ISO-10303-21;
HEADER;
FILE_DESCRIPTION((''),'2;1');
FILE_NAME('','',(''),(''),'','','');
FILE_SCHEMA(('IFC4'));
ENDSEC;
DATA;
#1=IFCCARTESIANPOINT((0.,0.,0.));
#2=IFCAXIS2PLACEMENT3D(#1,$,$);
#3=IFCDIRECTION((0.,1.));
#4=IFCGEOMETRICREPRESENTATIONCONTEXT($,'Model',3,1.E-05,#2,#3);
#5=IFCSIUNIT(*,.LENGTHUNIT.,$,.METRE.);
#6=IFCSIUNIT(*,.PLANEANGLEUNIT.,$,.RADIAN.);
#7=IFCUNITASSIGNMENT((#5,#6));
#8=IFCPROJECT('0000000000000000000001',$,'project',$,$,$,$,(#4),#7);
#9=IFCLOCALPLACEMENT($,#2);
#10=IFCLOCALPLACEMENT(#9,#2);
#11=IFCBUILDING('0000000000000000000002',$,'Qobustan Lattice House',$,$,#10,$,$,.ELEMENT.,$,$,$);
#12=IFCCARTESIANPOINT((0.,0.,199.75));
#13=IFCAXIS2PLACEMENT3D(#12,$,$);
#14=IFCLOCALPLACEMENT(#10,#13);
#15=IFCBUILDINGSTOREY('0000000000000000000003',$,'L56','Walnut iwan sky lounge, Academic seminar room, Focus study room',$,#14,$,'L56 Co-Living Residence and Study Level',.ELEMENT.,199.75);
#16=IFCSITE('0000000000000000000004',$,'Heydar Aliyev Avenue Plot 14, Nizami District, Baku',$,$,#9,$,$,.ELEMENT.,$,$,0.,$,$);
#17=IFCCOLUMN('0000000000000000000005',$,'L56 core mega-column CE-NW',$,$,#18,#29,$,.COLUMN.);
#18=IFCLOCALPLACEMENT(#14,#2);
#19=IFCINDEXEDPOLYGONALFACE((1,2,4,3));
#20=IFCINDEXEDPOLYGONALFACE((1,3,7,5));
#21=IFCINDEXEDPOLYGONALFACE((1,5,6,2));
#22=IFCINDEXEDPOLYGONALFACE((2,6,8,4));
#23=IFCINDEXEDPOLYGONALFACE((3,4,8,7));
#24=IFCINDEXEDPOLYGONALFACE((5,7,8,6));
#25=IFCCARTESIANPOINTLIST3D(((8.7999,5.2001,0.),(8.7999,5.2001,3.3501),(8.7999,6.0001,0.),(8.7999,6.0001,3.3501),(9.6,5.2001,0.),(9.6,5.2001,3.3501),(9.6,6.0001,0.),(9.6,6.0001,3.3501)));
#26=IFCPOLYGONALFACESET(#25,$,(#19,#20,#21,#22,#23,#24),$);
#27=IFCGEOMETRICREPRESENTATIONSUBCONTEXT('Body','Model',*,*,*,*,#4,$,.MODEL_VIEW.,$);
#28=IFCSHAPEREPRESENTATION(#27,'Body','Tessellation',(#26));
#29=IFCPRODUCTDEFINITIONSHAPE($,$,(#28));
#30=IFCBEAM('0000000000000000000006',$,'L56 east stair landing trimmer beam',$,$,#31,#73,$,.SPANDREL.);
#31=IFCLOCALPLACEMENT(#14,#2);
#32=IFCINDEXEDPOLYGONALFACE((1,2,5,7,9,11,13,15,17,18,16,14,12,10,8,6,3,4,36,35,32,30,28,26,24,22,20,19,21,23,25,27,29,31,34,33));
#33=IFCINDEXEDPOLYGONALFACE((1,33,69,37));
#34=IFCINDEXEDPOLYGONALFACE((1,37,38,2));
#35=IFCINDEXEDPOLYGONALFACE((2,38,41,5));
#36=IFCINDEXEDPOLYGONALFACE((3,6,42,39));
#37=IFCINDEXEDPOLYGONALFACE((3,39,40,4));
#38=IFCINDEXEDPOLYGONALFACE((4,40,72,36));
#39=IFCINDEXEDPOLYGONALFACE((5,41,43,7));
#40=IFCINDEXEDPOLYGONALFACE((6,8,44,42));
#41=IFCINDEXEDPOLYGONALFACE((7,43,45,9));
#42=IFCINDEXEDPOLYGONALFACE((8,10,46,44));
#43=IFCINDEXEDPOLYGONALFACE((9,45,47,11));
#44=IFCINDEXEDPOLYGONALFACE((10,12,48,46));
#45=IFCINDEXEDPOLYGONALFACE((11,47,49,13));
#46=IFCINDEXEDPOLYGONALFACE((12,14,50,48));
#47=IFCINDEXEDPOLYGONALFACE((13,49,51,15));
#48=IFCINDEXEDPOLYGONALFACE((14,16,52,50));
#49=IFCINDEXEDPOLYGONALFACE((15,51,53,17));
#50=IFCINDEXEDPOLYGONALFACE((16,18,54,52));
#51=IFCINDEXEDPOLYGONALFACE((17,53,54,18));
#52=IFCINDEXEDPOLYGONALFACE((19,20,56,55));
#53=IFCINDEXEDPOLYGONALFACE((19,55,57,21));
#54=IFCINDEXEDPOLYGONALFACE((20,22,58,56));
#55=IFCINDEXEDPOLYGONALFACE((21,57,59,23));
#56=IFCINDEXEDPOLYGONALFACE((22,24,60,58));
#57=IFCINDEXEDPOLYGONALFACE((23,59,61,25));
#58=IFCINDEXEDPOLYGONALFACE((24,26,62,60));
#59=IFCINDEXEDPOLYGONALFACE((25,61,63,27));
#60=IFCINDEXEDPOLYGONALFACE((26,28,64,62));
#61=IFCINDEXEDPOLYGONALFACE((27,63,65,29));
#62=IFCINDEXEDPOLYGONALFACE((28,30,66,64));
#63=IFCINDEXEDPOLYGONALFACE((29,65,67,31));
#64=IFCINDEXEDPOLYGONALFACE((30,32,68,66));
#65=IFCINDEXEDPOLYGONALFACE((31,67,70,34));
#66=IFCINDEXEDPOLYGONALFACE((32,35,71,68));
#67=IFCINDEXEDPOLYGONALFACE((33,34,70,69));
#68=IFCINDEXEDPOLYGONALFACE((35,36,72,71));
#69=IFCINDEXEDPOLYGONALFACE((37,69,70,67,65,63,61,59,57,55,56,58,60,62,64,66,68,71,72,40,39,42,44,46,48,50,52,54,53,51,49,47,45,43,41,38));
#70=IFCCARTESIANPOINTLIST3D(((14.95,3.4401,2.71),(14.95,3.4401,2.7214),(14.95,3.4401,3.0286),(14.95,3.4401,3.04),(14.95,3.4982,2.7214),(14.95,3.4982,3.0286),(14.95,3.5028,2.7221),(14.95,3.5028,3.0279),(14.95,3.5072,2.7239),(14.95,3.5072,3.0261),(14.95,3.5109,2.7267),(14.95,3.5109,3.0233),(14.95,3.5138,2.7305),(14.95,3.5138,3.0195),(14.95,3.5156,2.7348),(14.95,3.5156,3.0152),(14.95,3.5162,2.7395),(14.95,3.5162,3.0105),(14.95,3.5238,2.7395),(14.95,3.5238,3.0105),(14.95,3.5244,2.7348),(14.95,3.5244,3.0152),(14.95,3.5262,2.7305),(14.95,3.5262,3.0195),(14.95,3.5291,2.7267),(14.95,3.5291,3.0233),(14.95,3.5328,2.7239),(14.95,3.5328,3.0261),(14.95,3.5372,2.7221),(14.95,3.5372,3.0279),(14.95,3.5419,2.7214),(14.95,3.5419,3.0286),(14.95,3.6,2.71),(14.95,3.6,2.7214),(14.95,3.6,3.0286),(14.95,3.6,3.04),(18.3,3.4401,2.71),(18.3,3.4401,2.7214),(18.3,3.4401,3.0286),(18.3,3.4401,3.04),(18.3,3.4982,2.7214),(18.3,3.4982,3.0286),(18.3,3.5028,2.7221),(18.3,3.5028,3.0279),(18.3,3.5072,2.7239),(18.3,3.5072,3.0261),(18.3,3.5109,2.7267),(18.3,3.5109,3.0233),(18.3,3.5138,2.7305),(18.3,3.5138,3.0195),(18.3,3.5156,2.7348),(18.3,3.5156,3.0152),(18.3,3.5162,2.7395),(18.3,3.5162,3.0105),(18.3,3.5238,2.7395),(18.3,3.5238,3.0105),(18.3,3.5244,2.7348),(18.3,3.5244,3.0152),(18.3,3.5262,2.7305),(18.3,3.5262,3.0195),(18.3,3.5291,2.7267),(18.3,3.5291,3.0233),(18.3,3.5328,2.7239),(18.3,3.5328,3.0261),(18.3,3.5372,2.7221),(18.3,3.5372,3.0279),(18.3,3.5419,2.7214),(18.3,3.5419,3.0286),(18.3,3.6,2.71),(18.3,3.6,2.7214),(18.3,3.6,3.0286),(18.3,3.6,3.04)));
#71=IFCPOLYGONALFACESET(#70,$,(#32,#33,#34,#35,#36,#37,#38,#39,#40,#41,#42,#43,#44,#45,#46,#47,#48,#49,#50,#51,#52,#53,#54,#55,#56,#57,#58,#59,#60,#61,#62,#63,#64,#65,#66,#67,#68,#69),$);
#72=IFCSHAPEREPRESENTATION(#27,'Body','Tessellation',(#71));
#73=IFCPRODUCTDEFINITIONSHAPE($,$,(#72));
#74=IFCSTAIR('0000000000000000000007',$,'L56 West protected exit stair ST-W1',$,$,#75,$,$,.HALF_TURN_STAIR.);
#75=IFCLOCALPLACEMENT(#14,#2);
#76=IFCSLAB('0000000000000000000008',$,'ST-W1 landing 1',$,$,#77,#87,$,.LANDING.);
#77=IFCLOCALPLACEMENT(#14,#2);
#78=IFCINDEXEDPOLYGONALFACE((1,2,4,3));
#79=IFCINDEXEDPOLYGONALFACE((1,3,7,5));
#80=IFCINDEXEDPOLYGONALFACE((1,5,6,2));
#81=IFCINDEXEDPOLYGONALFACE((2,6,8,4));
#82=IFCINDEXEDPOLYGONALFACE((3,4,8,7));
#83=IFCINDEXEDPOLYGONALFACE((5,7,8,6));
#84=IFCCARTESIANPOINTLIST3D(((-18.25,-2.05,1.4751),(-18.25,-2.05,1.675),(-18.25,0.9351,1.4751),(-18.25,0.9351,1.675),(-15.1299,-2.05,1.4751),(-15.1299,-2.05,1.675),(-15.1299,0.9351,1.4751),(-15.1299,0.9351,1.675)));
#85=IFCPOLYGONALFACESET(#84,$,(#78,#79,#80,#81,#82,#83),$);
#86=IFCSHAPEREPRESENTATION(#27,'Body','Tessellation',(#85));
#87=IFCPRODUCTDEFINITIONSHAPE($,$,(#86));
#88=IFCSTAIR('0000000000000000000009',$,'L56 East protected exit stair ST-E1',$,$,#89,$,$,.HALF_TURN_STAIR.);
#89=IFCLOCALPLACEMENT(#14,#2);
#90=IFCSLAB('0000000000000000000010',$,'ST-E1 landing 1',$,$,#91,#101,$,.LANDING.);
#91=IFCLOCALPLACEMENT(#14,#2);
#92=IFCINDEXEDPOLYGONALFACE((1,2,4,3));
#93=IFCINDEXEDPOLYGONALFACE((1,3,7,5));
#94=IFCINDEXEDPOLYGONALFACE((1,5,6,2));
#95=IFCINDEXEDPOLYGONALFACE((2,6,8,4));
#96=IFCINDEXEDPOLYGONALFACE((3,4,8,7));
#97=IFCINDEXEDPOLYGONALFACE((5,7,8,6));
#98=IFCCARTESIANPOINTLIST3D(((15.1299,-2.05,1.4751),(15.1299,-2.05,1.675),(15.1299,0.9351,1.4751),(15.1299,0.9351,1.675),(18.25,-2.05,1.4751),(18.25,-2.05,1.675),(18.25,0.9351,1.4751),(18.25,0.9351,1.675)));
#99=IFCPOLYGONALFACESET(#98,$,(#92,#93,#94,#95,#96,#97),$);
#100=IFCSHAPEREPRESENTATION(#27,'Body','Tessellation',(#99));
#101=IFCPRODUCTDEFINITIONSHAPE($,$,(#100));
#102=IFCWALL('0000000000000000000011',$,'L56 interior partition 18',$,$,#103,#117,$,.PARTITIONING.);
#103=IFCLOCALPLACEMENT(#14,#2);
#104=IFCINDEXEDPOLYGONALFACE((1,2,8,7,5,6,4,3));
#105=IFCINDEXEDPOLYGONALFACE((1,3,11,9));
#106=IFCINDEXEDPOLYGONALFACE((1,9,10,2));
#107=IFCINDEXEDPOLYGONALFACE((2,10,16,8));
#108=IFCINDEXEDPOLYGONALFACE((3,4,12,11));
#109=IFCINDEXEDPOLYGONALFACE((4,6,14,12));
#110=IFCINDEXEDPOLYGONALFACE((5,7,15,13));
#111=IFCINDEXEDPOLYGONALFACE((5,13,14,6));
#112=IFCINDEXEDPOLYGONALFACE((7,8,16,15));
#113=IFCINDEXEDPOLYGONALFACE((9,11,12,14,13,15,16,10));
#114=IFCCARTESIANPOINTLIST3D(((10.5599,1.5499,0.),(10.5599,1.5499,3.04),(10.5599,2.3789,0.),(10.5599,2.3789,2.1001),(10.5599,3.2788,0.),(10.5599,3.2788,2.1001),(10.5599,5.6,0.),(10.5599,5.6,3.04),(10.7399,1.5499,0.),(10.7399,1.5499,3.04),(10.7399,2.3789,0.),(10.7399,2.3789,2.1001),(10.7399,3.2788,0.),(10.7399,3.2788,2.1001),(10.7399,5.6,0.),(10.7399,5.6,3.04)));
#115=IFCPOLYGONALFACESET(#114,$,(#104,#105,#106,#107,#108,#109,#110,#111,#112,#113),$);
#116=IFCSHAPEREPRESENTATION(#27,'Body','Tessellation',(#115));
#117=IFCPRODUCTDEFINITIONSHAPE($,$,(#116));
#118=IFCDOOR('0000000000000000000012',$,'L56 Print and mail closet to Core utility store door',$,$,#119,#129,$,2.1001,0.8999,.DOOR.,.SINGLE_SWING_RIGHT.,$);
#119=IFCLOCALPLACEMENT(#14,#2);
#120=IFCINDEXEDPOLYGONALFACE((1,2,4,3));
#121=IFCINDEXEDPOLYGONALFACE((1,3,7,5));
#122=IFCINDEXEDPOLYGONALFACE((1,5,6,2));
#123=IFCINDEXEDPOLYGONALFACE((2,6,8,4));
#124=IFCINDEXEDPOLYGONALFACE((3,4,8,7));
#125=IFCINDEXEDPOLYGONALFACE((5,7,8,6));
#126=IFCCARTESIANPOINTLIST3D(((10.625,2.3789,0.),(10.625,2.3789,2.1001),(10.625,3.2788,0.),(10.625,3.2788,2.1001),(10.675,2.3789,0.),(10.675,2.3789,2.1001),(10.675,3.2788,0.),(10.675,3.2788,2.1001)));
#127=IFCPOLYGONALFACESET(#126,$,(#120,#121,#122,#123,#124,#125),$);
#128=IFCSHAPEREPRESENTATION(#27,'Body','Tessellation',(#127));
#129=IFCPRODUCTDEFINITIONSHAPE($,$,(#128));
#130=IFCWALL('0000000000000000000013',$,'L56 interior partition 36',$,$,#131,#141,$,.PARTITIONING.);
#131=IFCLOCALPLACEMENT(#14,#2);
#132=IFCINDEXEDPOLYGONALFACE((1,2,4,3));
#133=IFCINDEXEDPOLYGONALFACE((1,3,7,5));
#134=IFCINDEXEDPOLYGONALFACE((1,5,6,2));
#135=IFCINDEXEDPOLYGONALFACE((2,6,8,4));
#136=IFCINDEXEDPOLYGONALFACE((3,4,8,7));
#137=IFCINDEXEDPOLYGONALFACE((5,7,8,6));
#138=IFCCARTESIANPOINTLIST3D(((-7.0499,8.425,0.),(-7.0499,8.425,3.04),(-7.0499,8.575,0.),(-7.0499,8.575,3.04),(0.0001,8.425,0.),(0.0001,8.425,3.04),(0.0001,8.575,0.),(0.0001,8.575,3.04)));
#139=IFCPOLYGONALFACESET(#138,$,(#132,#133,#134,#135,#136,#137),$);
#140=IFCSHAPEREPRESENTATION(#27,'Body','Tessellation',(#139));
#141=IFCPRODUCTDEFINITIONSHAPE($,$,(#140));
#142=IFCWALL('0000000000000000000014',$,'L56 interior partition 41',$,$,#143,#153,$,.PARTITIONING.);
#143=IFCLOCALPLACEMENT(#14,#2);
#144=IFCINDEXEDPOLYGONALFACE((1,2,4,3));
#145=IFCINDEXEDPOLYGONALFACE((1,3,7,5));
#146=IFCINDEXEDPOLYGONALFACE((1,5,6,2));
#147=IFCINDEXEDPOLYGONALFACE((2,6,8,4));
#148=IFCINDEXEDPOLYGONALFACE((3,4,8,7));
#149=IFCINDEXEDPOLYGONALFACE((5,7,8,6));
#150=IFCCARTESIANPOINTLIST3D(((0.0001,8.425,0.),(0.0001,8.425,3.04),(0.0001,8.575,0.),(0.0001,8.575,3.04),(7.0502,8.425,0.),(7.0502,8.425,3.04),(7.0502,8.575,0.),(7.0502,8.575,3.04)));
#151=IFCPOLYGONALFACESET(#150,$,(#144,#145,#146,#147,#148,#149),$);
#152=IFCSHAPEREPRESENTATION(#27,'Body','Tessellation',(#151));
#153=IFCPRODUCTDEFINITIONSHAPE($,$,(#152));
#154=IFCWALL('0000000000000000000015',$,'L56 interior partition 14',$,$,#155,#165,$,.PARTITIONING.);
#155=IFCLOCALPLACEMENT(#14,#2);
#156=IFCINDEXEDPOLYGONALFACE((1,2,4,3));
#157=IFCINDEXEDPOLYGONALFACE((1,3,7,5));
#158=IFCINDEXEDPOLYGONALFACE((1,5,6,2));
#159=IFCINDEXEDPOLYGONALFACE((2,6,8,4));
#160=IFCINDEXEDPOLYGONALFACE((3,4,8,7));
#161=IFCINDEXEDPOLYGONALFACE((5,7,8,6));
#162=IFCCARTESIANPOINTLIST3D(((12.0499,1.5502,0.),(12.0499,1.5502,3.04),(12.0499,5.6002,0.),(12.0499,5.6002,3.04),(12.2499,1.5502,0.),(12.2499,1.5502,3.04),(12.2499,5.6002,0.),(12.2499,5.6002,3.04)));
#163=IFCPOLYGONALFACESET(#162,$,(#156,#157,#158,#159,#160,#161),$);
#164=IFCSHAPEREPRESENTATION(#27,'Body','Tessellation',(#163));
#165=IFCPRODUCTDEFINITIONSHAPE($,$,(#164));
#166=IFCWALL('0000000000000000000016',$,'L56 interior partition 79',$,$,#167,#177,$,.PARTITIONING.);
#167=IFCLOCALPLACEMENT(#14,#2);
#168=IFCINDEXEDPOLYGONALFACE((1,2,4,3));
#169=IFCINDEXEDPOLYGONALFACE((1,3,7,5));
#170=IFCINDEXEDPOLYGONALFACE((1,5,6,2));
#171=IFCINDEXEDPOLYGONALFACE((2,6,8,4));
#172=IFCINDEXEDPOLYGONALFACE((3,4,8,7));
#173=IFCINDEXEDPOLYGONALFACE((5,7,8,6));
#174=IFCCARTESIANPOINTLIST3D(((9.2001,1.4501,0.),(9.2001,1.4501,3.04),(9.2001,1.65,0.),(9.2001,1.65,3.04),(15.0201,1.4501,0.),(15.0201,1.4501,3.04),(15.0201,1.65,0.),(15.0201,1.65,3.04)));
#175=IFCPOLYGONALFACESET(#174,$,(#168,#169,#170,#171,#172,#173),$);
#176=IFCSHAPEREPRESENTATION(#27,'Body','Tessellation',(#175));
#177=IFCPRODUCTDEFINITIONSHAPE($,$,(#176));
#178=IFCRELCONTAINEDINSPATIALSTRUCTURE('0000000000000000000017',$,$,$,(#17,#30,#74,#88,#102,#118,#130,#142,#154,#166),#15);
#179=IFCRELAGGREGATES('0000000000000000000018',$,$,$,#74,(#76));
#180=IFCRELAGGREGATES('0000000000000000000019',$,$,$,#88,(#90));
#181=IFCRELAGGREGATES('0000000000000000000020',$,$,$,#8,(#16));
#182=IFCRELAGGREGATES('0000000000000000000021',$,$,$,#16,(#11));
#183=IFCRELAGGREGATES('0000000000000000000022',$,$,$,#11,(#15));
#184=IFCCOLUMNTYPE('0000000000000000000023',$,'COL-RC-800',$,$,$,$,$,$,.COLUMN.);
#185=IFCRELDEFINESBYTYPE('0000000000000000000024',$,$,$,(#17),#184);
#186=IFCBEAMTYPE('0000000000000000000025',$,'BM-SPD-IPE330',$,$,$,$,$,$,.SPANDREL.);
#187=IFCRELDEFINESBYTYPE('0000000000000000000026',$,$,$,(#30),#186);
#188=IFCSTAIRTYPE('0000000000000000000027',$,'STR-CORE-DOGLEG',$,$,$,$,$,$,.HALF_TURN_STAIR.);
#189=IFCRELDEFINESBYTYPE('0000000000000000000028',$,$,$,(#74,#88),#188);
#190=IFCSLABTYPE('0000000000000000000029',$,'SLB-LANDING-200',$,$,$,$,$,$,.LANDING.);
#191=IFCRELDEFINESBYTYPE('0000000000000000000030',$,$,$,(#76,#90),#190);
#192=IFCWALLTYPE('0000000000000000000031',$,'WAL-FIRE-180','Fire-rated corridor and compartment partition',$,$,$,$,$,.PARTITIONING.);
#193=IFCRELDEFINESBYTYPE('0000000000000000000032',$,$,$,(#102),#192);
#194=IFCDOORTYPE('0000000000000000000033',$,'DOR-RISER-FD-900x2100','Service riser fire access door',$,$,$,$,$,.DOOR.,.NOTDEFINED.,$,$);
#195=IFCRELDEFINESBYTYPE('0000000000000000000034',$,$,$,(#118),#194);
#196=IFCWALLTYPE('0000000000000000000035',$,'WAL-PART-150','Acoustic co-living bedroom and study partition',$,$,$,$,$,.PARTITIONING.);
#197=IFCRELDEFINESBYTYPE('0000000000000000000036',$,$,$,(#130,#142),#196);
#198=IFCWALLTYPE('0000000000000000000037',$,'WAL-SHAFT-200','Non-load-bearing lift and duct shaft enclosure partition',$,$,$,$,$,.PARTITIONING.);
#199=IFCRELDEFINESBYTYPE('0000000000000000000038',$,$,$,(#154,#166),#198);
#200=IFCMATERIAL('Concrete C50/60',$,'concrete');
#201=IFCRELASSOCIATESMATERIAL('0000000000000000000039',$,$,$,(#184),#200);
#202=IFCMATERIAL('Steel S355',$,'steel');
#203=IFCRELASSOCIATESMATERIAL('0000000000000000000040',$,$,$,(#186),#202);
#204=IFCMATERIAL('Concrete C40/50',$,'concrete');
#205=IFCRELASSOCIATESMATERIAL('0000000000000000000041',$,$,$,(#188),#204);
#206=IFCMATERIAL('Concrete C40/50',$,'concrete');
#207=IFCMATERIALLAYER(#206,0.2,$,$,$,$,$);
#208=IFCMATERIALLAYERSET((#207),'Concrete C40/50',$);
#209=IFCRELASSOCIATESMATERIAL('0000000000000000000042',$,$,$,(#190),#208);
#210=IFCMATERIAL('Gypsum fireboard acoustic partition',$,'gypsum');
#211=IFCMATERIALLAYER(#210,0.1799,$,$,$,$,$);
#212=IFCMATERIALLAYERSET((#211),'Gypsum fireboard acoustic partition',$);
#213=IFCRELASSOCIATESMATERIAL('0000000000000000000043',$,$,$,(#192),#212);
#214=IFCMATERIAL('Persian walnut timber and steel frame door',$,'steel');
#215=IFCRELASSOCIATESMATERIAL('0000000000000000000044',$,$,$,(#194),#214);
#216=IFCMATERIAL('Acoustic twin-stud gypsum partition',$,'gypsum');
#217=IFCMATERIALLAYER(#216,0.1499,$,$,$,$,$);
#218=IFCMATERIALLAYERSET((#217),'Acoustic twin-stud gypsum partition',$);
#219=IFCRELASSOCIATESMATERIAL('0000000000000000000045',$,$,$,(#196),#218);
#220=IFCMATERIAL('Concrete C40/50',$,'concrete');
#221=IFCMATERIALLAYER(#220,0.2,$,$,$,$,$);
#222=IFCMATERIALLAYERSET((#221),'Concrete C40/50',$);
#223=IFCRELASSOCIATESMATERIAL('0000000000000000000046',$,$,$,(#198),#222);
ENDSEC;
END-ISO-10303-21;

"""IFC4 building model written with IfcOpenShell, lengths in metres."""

from ifc_helpers import new_model, si_unit, direction, frame, frame_2d, origin, origin_2d, place, context, subcontext, project, spatial, polyline, rectangle, i_section, outline, extrude, material, layer, layer_set, material_profile, profile_set, type_object, element, fill, aggregate, save


model = new_model("IFC4")

# Units and contexts
model_context = context("Model", 3, precision=1e-05, world=origin(), true_north=direction((0.0, 1.0)))
body_context = subcontext(model_context, "Body", "Model", "MODEL_VIEW")
ifc_project = project(units=[si_unit("LENGTHUNIT", "METRE"), si_unit("PLANEANGLEUNIT", "RADIAN")], contexts=[model_context])

# Site, building, storey
site_placement = place(None, origin())
site = spatial("IfcSite", under=ifc_project, at=site_placement, Name="Heydar Aliyev Avenue Plot 14, Nizami District, Baku", CompositionType="ELEMENT", RefElevation=0.0)
building_placement = place(site_placement, origin())
building = spatial("IfcBuilding", under=site, at=building_placement, Name="Qobustan Lattice House", CompositionType="ELEMENT")
storey_placement = place(building_placement, frame((0.0, 0.0, 199.75)))
storey = spatial("IfcBuildingStorey", under=building, at=storey_placement, Name="L56", Description="Walnut iwan sky lounge, Academic seminar room, Focus study room", LongName="L56 Co-Living Residence and Study Level", CompositionType="ELEMENT", Elevation=199.75)

# Column
ifc_material_1 = material(Name="Concrete C50/60", Category="concrete")
ifc_material_profile_1 = material_profile(ifc_material_1, rectangle(XDim=0.8, YDim=0.8, at=origin_2d()), Name="RC800x800")
ifc_profile_set_1 = profile_set([ifc_material_profile_1], Name="Concrete C50/60")
column_type = type_object("IfcColumnType", Name="COL-RC-800", PredefinedType="COLUMN", material=ifc_profile_set_1)
column_placement = place(storey_placement, frame((9.2, 5.6001, 0.0), z_axis=(0.0, 0.0, 1.0), x_axis=(1.0, 0.0, 0.0)))
element("IfcColumn", 1, at=column_placement, inside=storey, type_object=column_type, Name="L56 core mega-column CE-NW", PredefinedType="COLUMN", context=body_context, shape_type="SweptSolid", body=[
    extrude(rectangle(XDim=0.8, YDim=0.8, at=origin_2d()), origin(), (0.0, 0.0, 1.0), 3.3501),
])

# Beam
ifc_material_2 = material(Name="Steel S355", Category="steel")
ifc_material_profile_2 = material_profile(ifc_material_2, i_section(OverallWidth=0.1599, OverallDepth=0.3301, WebThickness=0.0076, FlangeThickness=0.0115, FilletRadius=0.0181, at=origin_2d()), Name="IPE330")
ifc_profile_set_2 = profile_set([ifc_material_profile_2], Name="Steel S355")
beam_type = type_object("IfcBeamType", Name="BM-SPD-IPE330", PredefinedType="SPANDREL", material=ifc_profile_set_2)
beam_placement = place(storey_placement, frame((14.95, 3.52, 2.875), z_axis=(1.0, 0.0, 0.0), x_axis=(0.0, 1.0, 0.0)))
element("IfcBeam", 2, at=beam_placement, inside=storey, type_object=beam_type, Name="L56 east stair landing trimmer beam", PredefinedType="SPANDREL", context=body_context, shape_type="SweptSolid", body=[
    extrude(i_section(OverallWidth=0.1599, OverallDepth=0.3301, WebThickness=0.0076, FlangeThickness=0.0115, FilletRadius=0.0181, at=origin_2d()), origin(), (0.0, 0.0, 1.0), 3.3501),
])

# Stairs, slabs
ifc_material_3 = material(Name="Concrete C40/50", Category="concrete")
stair_type = type_object("IfcStairType", Name="STR-CORE-DOGLEG", PredefinedType="HALF_TURN_STAIR", material=ifc_material_3)
stair_1_placement = place(storey_placement, origin())
stair_1 = element("IfcStair", 3, at=stair_1_placement, inside=storey, type_object=stair_type, Name="L56 West protected exit stair ST-W1", PredefinedType="HALF_TURN_STAIR")
ifc_material_4 = material(Name="Concrete C40/50", Category="concrete")
ifc_layer_1 = layer(ifc_material_4, 0.2)
ifc_layer_set_1 = layer_set([ifc_layer_1], Name="Concrete C40/50")
slab_type = type_object("IfcSlabType", Name="SLB-LANDING-200", PredefinedType="LANDING", material=ifc_layer_set_1)
slab_1_placement = place(storey_placement, frame((0.0, 0.0, 1.4751)))
slab_1 = element("IfcSlab", 4, at=slab_1_placement, type_object=slab_type, Name="ST-W1 landing 1", PredefinedType="LANDING", context=body_context, shape_type="SweptSolid", body=[
    extrude(outline(polyline([(-18.25, 0.9351), (-18.25, -2.05), (-15.1299, -2.05), (-15.1299, 0.9351), (-18.25, 0.9351)])), origin(), (0.0, 0.0, 1.0), 0.2),
])
aggregate(stair_1, [slab_1])
stair_2_placement = place(storey_placement, origin())
stair_2 = element("IfcStair", 5, at=stair_2_placement, inside=storey, type_object=stair_type, Name="L56 East protected exit stair ST-E1", PredefinedType="HALF_TURN_STAIR")
slab_2_placement = place(storey_placement, frame((0.0, 0.0, 1.4751)))
slab_2 = element("IfcSlab", 6, at=slab_2_placement, type_object=slab_type, Name="ST-E1 landing 1", PredefinedType="LANDING", context=body_context, shape_type="SweptSolid", body=[
    extrude(outline(polyline([(15.1299, 0.9351), (15.1299, -2.05), (18.25, -2.05), (18.25, 0.9351), (15.1299, 0.9351)])), origin(), (0.0, 0.0, 1.0), 0.2),
])
aggregate(stair_2, [slab_2])

# Wall, opening, door
ifc_material_5 = material(Name="Gypsum fireboard acoustic partition", Category="gypsum")
ifc_layer_2 = layer(ifc_material_5, 0.1799)
ifc_layer_set_2 = layer_set([ifc_layer_2], Name="Gypsum fireboard acoustic partition")
wall_type_1 = type_object("IfcWallType", Name="WAL-FIRE-180", Description="Fire-rated corridor and compartment partition", PredefinedType="PARTITIONING", material=ifc_layer_set_2)
wall_1_placement = place(storey_placement, frame((10.6499, 1.55, 0.0), z_axis=(0.0, 0.0, 1.0), x_axis=(0.0, 1.0, 0.0)))
wall_1 = element("IfcWall", 7, at=wall_1_placement, inside=storey, type_object=wall_type_1, Name="L56 interior partition 18", PredefinedType="PARTITIONING", context=body_context, shape_type="SweptSolid", body=[
    extrude(rectangle(XDim=4.05, YDim=0.1799, at=frame_2d((2.0249, 0.0))), origin(), (0.0, 0.0, 1.0), 3.04),
])
opening_1_placement = place(wall_1_placement, frame((0.8289, 0.0, 0.0)))
opening_1 = element("IfcOpeningElement", 8, at=opening_1_placement, cuts=wall_1, PredefinedType="OPENING", context=body_context, shape_type="SweptSolid", body=[
    extrude(rectangle(XDim=0.8999, YDim=2.1001, at=frame_2d((0.45, 1.05))), frame((0.0, 0.0999, 0.0), z_axis=(0.0, -1.0, 0.0), x_axis=(1.0, 0.0, 0.0)), (0.0, 0.0, 1.0), 0.2),
])
ifc_material_6 = material(Name="Persian walnut timber and steel frame door", Category="steel")
door_type_1 = type_object("IfcDoorType", Name="DOR-RISER-FD-900x2100", Description="Service riser fire access door", OperationType="NOTDEFINED", PredefinedType="DOOR", material=ifc_material_6)
door_1_placement = place(opening_1_placement, origin())
door_1 = element("IfcDoor", 9, at=door_1_placement, inside=storey, type_object=door_type_1, Name="L56 Print and mail closet to Core utility store door", OperationType="SINGLE_SWING_RIGHT", OverallHeight=2.1001, OverallWidth=0.8999, PredefinedType="DOOR", context=body_context, shape_type="SweptSolid", body=[
    extrude(rectangle(XDim=0.8999, YDim=2.1001, at=frame_2d((0.45, 1.05))), frame((0.0, 0.0249, 0.0), z_axis=(0.0, -1.0, 0.0), x_axis=(1.0, 0.0, 0.0)), (0.0, 0.0, 1.0), 0.05),
])
fill(opening_1, door_1)

# Walls
ifc_material_7 = material(Name="Acoustic twin-stud gypsum partition", Category="gypsum")
ifc_layer_3 = layer(ifc_material_7, 0.1499)
ifc_layer_set_3 = layer_set([ifc_layer_3], Name="Acoustic twin-stud gypsum partition")
wall_type_2 = type_object("IfcWallType", Name="WAL-PART-150", Description="Acoustic co-living bedroom and study partition", PredefinedType="PARTITIONING", material=ifc_layer_set_3)
for number, where, z_axis, x_axis, name in (
    (10, (0.0, 8.5, 0.0), (0.0, 0.0, 1.0), (-1.0, 0.0, 0.0), "L56 interior partition 36"),
    (11, (7.05, 8.5, 0.0), (0.0, 0.0, 1.0), (-1.0, 0.0, 0.0), "L56 interior partition 41"),
):
    element("IfcWall", number, at=place(storey_placement, frame(where, z_axis=z_axis, x_axis=x_axis)), inside=storey, type_object=wall_type_2, Name=name, PredefinedType="PARTITIONING", context=body_context, shape_type="SweptSolid", body=[
        extrude(rectangle(XDim=7.05, YDim=0.1499, at=frame_2d((3.5249, 0.0))), origin(), (0.0, 0.0, 1.0), 3.04),
    ])
ifc_material_8 = material(Name="Concrete C40/50", Category="concrete")
ifc_layer_4 = layer(ifc_material_8, 0.2)
ifc_layer_set_4 = layer_set([ifc_layer_4], Name="Concrete C40/50")
wall_type_3 = type_object("IfcWallType", Name="WAL-SHAFT-200", Description="Non-load-bearing lift and duct shaft enclosure partition", PredefinedType="PARTITIONING", material=ifc_layer_set_4)
wall_2_placement = place(storey_placement, frame((12.1499, 5.6001, 0.0), z_axis=(0.0, 0.0, 1.0), x_axis=(0.0, -1.0, 0.0)))
element("IfcWall", 12, at=wall_2_placement, inside=storey, type_object=wall_type_3, Name="L56 interior partition 14", PredefinedType="PARTITIONING", context=body_context, shape_type="SweptSolid", body=[
    extrude(rectangle(XDim=4.05, YDim=0.2, at=frame_2d((2.0249, 0.0))), origin(), (0.0, 0.0, 1.0), 3.04),
])
wall_3_placement = place(storey_placement, frame((9.2, 1.55, 0.0), z_axis=(0.0, 0.0, 1.0), x_axis=(1.0, 0.0, 0.0)))
element("IfcWall", 13, at=wall_3_placement, inside=storey, type_object=wall_type_3, Name="L56 interior partition 79", PredefinedType="PARTITIONING", context=body_context, shape_type="SweptSolid", body=[
    extrude(rectangle(XDim=5.8201, YDim=0.2, at=frame_2d((2.9102, 0.0))), origin(), (0.0, 0.0, 1.0), 3.04),
])

save(model, "model.ifc")
